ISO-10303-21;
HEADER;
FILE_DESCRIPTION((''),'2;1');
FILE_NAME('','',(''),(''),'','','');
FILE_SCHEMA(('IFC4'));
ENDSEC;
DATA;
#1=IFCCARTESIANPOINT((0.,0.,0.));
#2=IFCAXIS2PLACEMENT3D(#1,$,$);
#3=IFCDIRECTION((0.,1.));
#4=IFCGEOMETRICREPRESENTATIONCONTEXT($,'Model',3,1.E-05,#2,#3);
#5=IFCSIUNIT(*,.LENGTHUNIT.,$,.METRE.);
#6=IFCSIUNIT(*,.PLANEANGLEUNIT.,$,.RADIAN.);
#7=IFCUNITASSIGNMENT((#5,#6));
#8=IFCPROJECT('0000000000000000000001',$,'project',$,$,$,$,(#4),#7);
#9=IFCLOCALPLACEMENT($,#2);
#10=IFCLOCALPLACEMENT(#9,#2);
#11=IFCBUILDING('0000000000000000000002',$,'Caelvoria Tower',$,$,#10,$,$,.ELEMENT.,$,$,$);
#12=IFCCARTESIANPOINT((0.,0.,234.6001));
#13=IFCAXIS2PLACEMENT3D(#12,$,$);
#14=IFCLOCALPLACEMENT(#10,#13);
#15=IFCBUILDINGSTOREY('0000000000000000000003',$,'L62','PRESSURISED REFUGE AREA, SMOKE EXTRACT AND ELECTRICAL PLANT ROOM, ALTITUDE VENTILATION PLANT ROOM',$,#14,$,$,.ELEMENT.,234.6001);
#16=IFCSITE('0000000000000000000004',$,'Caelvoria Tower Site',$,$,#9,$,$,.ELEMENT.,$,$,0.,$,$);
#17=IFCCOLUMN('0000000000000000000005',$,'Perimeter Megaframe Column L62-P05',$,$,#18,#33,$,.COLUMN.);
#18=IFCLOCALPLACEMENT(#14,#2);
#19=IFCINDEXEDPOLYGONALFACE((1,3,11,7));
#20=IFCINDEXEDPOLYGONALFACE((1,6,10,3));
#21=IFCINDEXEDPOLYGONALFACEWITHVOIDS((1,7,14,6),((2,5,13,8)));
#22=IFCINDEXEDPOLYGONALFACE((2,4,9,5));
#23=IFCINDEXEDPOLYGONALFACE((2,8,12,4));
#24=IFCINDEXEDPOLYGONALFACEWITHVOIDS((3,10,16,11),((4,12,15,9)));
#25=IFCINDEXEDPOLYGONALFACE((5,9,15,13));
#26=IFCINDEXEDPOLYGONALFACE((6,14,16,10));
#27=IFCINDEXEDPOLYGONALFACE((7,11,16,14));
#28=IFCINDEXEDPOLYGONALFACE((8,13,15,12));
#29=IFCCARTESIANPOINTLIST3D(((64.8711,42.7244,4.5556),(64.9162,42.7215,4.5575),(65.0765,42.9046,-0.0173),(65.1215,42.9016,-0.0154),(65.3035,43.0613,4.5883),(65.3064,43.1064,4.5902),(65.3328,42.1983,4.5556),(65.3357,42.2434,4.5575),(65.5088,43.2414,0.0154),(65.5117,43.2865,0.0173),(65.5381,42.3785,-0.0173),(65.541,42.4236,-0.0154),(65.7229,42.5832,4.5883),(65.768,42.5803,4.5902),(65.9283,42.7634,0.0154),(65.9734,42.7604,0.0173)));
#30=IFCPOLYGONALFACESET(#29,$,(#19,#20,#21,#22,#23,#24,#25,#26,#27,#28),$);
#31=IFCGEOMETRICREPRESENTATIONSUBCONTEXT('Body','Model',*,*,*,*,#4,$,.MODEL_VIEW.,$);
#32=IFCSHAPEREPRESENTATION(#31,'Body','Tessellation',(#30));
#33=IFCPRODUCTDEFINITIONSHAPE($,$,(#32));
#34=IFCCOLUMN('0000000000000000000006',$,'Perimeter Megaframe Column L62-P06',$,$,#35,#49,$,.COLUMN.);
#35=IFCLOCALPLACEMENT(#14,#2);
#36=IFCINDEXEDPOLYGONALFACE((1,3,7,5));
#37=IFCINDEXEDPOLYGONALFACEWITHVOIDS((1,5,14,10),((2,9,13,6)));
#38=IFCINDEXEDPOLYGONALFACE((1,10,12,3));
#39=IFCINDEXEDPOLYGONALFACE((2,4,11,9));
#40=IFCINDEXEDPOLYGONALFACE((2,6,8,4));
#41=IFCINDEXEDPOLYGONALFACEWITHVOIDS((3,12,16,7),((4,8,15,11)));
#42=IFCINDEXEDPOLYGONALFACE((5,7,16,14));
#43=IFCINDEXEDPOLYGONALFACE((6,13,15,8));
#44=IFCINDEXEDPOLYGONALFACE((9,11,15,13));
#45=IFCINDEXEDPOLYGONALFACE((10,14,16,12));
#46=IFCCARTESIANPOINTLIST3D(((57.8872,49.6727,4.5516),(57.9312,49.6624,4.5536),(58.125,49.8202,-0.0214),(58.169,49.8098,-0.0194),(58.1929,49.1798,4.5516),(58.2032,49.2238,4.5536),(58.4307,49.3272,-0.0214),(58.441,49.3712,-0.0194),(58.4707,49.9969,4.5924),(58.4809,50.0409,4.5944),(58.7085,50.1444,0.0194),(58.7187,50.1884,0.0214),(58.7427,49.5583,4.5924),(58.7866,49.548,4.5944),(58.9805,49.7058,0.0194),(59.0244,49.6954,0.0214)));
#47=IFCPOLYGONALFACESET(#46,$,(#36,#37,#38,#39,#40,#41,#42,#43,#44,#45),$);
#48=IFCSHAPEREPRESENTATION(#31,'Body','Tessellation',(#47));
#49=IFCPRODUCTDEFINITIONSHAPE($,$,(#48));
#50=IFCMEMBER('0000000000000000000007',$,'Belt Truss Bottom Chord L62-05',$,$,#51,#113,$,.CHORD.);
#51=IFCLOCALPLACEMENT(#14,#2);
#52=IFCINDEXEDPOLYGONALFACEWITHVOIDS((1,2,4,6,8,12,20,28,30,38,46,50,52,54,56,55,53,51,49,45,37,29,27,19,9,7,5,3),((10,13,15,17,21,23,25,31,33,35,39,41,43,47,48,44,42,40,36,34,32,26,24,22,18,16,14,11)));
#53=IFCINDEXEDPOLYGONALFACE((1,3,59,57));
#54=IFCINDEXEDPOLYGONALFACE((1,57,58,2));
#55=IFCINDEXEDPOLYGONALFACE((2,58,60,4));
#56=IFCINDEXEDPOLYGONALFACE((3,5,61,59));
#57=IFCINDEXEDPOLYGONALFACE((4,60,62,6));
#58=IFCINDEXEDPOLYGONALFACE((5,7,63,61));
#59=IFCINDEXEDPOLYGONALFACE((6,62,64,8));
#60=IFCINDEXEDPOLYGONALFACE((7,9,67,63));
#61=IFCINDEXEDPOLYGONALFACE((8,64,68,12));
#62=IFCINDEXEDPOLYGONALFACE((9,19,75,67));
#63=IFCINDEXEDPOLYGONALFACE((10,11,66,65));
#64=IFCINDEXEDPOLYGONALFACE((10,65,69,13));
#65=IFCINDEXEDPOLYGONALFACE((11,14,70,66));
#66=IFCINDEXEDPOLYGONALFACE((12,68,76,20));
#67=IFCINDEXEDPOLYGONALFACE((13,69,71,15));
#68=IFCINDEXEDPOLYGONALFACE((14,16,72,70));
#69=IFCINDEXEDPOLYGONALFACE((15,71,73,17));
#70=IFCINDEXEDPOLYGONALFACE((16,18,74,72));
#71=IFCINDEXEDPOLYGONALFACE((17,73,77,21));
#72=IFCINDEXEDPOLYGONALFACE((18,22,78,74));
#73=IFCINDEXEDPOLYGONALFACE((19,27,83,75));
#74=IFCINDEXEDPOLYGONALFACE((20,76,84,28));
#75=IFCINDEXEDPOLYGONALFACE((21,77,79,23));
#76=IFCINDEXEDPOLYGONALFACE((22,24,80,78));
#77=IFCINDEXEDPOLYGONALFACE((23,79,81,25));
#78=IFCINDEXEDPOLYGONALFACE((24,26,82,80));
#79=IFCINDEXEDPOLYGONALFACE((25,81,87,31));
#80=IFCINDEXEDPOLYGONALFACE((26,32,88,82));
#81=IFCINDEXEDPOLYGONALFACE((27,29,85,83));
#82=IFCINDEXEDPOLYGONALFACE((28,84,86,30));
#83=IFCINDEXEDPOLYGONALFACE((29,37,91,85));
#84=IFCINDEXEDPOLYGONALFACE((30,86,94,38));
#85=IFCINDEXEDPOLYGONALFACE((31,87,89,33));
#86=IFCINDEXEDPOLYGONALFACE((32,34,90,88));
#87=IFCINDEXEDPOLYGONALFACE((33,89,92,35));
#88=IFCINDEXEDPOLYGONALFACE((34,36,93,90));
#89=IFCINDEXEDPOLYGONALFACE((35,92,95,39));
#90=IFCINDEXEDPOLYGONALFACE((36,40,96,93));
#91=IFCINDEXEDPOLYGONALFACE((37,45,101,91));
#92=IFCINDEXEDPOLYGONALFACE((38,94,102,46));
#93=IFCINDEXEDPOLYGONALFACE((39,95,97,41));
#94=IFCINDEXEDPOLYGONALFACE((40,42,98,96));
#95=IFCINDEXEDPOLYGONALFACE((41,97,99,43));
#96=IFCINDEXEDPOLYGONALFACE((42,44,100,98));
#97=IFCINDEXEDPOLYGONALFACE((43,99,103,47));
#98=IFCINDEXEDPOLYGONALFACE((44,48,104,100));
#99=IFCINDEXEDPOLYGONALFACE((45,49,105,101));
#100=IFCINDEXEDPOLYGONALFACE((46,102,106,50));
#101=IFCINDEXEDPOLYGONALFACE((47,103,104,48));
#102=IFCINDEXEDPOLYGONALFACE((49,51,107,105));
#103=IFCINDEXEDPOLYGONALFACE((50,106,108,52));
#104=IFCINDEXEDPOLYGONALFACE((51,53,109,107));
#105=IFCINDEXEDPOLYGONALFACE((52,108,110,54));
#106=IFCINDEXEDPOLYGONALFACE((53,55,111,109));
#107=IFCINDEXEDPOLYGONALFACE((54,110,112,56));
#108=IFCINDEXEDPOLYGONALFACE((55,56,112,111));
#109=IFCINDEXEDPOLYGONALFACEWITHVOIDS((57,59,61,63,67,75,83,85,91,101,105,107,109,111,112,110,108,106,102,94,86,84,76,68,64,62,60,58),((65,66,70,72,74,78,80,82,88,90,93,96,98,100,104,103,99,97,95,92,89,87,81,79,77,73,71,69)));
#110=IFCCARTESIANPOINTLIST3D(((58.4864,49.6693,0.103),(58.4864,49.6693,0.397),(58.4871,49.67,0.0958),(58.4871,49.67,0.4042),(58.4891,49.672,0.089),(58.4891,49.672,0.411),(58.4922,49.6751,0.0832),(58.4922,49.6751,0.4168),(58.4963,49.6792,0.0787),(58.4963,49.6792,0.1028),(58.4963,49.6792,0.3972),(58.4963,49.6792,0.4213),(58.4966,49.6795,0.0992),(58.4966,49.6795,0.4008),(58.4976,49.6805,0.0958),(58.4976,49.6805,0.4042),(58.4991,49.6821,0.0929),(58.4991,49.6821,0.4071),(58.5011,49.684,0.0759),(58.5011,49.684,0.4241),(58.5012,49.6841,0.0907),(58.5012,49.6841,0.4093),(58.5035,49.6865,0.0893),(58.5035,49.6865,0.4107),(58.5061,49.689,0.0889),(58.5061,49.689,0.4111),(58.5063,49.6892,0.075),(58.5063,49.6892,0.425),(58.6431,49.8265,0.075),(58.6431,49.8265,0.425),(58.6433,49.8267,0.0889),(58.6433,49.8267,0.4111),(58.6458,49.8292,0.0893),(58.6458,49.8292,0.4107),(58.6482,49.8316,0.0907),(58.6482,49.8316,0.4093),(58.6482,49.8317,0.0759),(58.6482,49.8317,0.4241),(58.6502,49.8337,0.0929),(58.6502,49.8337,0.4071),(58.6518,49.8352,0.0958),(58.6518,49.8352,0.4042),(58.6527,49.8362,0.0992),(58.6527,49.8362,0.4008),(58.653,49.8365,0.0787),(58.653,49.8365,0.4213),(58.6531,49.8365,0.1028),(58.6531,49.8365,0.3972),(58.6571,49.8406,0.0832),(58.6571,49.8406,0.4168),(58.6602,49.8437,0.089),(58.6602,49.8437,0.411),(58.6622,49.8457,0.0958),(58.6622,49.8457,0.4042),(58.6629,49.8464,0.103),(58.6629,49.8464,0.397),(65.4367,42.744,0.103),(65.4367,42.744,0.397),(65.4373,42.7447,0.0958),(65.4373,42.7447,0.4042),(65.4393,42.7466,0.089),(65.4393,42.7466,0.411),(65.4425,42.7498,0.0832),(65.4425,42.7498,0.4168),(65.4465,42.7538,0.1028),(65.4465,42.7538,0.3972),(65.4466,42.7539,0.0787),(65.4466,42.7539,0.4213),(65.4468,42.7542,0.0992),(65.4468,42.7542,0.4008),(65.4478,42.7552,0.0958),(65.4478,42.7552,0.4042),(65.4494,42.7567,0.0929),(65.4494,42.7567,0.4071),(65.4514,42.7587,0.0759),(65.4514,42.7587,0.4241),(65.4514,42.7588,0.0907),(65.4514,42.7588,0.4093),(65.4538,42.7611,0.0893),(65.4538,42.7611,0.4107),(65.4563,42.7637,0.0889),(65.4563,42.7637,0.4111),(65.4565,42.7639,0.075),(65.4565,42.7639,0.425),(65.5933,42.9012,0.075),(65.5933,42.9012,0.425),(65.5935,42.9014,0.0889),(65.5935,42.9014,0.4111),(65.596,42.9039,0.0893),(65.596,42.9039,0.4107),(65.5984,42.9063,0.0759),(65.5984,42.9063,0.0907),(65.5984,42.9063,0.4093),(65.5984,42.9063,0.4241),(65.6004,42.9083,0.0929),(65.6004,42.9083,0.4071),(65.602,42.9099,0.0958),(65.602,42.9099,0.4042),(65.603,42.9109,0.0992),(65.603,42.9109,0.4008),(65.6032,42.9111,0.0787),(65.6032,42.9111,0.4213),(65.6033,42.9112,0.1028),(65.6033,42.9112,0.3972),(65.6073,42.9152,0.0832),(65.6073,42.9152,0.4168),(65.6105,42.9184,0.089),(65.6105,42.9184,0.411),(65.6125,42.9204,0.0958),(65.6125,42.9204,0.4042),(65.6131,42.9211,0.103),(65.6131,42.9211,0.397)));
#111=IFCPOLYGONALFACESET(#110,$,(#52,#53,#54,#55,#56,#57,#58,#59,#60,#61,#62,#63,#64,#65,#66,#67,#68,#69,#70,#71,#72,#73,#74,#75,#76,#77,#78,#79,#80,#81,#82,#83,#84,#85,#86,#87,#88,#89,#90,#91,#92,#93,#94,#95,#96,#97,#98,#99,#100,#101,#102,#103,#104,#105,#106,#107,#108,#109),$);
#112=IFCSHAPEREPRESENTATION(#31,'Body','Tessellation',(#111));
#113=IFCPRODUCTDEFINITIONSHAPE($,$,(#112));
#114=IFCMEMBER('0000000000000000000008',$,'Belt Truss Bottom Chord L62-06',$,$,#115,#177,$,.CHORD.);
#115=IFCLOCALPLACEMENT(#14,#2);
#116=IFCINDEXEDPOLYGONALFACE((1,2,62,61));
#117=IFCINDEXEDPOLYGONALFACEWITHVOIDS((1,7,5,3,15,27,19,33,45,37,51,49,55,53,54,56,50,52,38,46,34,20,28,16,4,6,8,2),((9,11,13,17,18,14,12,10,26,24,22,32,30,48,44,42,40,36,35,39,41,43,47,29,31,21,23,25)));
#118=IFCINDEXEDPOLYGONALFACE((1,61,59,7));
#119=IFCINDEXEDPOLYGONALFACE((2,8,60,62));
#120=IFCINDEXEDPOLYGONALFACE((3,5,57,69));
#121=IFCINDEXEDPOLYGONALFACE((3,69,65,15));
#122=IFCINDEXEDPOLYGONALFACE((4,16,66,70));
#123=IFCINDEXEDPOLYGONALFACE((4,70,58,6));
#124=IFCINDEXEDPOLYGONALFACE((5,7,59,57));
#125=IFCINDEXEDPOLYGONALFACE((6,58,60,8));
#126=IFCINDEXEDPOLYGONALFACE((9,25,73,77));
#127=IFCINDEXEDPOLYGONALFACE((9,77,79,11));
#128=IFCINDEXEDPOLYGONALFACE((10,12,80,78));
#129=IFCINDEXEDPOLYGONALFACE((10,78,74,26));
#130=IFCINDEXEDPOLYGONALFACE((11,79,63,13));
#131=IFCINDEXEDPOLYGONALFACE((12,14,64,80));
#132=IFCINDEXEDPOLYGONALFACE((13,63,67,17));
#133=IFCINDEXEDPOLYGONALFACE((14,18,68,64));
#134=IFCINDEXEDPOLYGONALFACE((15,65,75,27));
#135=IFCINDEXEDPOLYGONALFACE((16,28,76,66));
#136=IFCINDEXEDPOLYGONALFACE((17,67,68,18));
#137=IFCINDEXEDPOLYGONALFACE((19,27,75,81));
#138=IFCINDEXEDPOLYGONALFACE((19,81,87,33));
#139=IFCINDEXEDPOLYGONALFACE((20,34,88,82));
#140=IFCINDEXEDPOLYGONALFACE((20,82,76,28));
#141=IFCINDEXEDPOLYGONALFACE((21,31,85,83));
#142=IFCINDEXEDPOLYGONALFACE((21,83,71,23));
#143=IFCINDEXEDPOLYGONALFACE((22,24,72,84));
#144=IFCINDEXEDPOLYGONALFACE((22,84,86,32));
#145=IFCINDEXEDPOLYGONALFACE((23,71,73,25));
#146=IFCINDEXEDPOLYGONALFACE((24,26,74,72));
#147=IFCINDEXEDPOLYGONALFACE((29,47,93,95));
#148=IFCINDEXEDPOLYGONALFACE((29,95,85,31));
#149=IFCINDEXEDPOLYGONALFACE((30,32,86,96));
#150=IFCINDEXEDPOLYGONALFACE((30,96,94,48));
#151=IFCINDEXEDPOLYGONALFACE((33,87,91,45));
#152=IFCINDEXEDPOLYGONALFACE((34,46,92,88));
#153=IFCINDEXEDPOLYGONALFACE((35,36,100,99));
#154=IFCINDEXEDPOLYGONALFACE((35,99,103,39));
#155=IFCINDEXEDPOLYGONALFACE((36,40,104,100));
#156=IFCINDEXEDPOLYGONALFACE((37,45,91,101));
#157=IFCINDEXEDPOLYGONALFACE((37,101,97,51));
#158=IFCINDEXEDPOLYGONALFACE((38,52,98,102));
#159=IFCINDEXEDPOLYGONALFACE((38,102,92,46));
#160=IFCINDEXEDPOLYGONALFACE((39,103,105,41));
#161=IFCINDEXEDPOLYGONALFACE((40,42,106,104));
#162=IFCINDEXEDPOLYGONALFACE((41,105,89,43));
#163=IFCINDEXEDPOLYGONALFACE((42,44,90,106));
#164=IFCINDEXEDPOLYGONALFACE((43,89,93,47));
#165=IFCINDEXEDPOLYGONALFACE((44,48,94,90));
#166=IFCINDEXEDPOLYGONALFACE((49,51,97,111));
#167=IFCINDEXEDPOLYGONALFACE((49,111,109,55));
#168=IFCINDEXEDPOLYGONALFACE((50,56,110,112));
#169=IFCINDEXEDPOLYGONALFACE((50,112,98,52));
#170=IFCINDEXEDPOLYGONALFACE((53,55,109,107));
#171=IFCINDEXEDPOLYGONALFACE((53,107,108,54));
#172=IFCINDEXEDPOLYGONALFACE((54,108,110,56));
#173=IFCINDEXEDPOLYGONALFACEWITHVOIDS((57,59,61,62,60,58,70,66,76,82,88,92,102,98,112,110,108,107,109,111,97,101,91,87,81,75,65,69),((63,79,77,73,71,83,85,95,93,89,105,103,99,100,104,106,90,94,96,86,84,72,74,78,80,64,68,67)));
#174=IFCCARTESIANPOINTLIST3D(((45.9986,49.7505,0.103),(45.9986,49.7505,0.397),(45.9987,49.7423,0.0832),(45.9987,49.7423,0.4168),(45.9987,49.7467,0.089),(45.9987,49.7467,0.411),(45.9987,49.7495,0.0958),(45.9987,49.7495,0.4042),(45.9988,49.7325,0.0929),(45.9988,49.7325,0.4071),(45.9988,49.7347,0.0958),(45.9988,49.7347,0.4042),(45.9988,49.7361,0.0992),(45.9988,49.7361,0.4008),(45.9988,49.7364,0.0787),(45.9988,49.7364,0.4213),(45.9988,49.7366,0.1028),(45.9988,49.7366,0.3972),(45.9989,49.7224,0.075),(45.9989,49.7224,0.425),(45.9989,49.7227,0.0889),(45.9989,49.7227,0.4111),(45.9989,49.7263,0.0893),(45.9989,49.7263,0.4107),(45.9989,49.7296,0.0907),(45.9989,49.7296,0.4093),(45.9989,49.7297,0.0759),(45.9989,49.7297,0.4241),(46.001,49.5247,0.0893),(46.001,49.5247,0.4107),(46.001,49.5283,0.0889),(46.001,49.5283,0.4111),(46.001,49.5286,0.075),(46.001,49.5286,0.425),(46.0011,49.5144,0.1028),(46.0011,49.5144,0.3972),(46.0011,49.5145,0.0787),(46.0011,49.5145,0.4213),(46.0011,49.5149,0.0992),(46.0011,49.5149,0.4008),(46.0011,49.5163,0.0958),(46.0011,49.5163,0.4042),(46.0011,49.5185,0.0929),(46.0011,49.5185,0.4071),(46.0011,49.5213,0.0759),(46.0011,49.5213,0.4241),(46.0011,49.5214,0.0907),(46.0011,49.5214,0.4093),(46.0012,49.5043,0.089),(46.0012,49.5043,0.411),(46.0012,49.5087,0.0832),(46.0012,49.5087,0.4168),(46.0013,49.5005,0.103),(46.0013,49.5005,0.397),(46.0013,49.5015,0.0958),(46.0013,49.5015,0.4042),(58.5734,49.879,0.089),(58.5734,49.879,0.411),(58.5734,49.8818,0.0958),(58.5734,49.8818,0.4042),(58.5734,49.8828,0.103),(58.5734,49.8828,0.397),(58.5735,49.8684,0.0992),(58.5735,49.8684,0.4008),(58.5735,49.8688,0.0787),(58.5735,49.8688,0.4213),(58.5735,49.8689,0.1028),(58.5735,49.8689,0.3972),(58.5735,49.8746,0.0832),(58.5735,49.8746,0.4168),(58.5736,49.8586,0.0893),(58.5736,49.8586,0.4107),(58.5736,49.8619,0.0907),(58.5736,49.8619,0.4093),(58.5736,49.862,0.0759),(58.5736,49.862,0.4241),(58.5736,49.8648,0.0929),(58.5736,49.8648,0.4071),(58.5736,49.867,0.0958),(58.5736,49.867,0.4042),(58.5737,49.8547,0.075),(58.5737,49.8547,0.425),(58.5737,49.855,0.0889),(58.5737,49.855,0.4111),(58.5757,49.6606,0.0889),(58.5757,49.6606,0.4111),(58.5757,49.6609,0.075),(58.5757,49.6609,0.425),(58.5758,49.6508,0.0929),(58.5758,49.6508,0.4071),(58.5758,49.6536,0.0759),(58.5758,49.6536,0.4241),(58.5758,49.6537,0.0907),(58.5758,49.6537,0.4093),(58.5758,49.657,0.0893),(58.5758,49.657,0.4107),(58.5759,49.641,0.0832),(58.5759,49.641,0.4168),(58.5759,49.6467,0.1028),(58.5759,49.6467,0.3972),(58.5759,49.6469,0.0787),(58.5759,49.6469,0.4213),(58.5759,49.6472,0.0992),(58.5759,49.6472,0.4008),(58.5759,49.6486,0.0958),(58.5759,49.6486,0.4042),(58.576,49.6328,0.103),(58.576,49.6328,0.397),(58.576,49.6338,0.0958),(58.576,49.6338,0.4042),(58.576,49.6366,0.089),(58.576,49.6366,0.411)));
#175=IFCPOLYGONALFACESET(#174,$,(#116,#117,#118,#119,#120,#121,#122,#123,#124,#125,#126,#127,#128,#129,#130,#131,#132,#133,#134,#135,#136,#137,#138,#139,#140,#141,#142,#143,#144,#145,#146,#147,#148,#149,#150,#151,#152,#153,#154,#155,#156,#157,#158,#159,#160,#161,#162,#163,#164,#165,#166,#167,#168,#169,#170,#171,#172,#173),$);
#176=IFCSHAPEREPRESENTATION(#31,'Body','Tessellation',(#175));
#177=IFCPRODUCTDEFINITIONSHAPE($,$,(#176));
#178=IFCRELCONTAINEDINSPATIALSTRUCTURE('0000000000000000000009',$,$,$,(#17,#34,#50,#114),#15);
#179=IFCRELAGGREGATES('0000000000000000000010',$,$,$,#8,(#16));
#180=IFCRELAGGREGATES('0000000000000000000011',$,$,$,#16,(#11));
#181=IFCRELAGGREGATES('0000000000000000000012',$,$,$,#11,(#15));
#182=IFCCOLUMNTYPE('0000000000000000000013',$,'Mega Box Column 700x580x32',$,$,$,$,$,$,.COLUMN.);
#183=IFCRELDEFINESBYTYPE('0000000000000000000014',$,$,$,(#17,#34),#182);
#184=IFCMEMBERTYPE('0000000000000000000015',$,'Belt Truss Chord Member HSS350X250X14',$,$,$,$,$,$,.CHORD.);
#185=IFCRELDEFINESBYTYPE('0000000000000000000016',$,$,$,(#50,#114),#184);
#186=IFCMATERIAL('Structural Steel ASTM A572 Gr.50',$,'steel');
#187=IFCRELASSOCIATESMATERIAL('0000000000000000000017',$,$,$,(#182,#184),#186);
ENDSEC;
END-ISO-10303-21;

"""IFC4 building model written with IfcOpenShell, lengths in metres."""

from ifc_helpers import new_model, si_unit, direction, frame, origin, origin_2d, place, context, subcontext, project, spatial, hollow_rectangle, extrude, material, material_profile, profile_set, type_object, element, save


model = new_model("IFC4")

# Units and contexts
model_context = context("Model", 3, precision=1e-05, world=origin(), true_north=direction((0.0, 1.0)))
body_context = subcontext(model_context, "Body", "Model", "MODEL_VIEW")
ifc_project = project(units=[si_unit("LENGTHUNIT", "METRE"), si_unit("PLANEANGLEUNIT", "RADIAN")], contexts=[model_context])

# Site, building, storey
site_placement = place(None, origin())
site = spatial("IfcSite", under=ifc_project, at=site_placement, Name="Caelvoria Tower Site", CompositionType="ELEMENT", RefElevation=0.0)
building_placement = place(site_placement, origin())
building = spatial("IfcBuilding", under=site, at=building_placement, Name="Caelvoria Tower", CompositionType="ELEMENT")
storey_placement = place(building_placement, frame((0.0, 0.0, 234.6001)))
storey = spatial("IfcBuildingStorey", under=building, at=storey_placement, Name="L62", Description="PRESSURISED REFUGE AREA, SMOKE EXTRACT AND ELECTRICAL PLANT ROOM, ALTITUDE VENTILATION PLANT ROOM", CompositionType="ELEMENT", Elevation=234.6001)

# Columns
ifc_material_1 = material(Name="Structural Steel ASTM A572 Gr.50", Category="steel")
ifc_material_profile_1 = material_profile(ifc_material_1, hollow_rectangle(XDim=0.5801, YDim=0.7, WallThickness=0.032, at=origin_2d()), Name="Structural Steel ASTM A572 Gr.50")
ifc_profile_set_1 = profile_set([ifc_material_profile_1], Name="BOX700X580X32 - Structural Steel ASTM A572 Gr.50")
column_type = type_object("IfcColumnType", Name="Mega Box Column 700x580x32", PredefinedType="COLUMN", material=ifc_profile_set_1)
column_1_placement = place(storey_placement, frame((65.5249, 42.8325, 0.0), z_axis=(-0.044819, -0.03933, 0.998221), x_axis=(0.750297, 0.658406, 0.059629)))
element("IfcColumn", 1, at=column_1_placement, inside=storey, type_object=column_type, Name="Perimeter Megaframe Column L62-P05", PredefinedType="COLUMN", context=body_context, shape_type="SweptSolid", body=[
    extrude(hollow_rectangle(XDim=0.5801, YDim=0.7, WallThickness=0.032, at=origin_2d()), origin(), (0.0, 0.0, 1.0), 4.5811),
])
column_2_placement = place(storey_placement, frame((58.5747, 49.7578, 0.0), z_axis=(-0.051902, -0.032186, 0.998133), x_axis=(0.527015, -0.849856, 0.0)))
element("IfcColumn", 2, at=column_2_placement, inside=storey, type_object=column_type, Name="Perimeter Megaframe Column L62-P06", PredefinedType="COLUMN", context=body_context, shape_type="SweptSolid", body=[
    extrude(hollow_rectangle(XDim=0.5801, YDim=0.7, WallThickness=0.032, at=origin_2d()), origin(), (0.0, 0.0, 1.0), 4.5815),
])

# Members
ifc_material_profile_2 = material_profile(ifc_material_1, hollow_rectangle(XDim=0.25, YDim=0.3501, WallThickness=0.0139, InnerFilletRadius=0.0139, OuterFilletRadius=0.0281, at=origin_2d()), Name="Structural Steel ASTM A572 Gr.50")
ifc_profile_set_2 = profile_set([ifc_material_profile_2], Name="HSS350X250X14 - Structural Steel ASTM A572 Gr.50")
member_type_1 = type_object("IfcMemberType", Name="Belt Truss Chord Member HSS350X250X14", PredefinedType="CHORD", material=ifc_profile_set_2)
member_1_placement = place(storey_placement, frame((65.5249, 42.8325, 0.25), z_axis=(-0.708375, 0.705837, 0.0), x_axis=(-0.705837, -0.708375, 0.0)))
element("IfcMember", 3, at=member_1_placement, inside=storey, type_object=member_type_1, Name="Belt Truss Bottom Chord L62-05", PredefinedType="CHORD", context=body_context, shape_type="SweptSolid", body=[
    extrude(hollow_rectangle(XDim=0.25, YDim=0.3501, WallThickness=0.0139, InnerFilletRadius=0.0139, OuterFilletRadius=0.0281, at=origin_2d()), origin(), (0.0, 0.0, 1.0), 9.8115),
])
member_2_placement = place(storey_placement, frame((58.5747, 49.7578, 0.25), z_axis=(-0.999945, -0.010522, 0.0), x_axis=(0.010522, -0.999945, 0.0)))
element("IfcMember", 4, at=member_2_placement, inside=storey, type_object=member_type_1, Name="Belt Truss Bottom Chord L62-06", PredefinedType="CHORD", context=body_context, shape_type="SweptSolid", body=[
    extrude(hollow_rectangle(XDim=0.25, YDim=0.3501, WallThickness=0.0139, InnerFilletRadius=0.0139, OuterFilletRadius=0.0281, at=origin_2d()), origin(), (0.0, 0.0, 1.0), 12.5754),
])

save(model, "model.ifc")
